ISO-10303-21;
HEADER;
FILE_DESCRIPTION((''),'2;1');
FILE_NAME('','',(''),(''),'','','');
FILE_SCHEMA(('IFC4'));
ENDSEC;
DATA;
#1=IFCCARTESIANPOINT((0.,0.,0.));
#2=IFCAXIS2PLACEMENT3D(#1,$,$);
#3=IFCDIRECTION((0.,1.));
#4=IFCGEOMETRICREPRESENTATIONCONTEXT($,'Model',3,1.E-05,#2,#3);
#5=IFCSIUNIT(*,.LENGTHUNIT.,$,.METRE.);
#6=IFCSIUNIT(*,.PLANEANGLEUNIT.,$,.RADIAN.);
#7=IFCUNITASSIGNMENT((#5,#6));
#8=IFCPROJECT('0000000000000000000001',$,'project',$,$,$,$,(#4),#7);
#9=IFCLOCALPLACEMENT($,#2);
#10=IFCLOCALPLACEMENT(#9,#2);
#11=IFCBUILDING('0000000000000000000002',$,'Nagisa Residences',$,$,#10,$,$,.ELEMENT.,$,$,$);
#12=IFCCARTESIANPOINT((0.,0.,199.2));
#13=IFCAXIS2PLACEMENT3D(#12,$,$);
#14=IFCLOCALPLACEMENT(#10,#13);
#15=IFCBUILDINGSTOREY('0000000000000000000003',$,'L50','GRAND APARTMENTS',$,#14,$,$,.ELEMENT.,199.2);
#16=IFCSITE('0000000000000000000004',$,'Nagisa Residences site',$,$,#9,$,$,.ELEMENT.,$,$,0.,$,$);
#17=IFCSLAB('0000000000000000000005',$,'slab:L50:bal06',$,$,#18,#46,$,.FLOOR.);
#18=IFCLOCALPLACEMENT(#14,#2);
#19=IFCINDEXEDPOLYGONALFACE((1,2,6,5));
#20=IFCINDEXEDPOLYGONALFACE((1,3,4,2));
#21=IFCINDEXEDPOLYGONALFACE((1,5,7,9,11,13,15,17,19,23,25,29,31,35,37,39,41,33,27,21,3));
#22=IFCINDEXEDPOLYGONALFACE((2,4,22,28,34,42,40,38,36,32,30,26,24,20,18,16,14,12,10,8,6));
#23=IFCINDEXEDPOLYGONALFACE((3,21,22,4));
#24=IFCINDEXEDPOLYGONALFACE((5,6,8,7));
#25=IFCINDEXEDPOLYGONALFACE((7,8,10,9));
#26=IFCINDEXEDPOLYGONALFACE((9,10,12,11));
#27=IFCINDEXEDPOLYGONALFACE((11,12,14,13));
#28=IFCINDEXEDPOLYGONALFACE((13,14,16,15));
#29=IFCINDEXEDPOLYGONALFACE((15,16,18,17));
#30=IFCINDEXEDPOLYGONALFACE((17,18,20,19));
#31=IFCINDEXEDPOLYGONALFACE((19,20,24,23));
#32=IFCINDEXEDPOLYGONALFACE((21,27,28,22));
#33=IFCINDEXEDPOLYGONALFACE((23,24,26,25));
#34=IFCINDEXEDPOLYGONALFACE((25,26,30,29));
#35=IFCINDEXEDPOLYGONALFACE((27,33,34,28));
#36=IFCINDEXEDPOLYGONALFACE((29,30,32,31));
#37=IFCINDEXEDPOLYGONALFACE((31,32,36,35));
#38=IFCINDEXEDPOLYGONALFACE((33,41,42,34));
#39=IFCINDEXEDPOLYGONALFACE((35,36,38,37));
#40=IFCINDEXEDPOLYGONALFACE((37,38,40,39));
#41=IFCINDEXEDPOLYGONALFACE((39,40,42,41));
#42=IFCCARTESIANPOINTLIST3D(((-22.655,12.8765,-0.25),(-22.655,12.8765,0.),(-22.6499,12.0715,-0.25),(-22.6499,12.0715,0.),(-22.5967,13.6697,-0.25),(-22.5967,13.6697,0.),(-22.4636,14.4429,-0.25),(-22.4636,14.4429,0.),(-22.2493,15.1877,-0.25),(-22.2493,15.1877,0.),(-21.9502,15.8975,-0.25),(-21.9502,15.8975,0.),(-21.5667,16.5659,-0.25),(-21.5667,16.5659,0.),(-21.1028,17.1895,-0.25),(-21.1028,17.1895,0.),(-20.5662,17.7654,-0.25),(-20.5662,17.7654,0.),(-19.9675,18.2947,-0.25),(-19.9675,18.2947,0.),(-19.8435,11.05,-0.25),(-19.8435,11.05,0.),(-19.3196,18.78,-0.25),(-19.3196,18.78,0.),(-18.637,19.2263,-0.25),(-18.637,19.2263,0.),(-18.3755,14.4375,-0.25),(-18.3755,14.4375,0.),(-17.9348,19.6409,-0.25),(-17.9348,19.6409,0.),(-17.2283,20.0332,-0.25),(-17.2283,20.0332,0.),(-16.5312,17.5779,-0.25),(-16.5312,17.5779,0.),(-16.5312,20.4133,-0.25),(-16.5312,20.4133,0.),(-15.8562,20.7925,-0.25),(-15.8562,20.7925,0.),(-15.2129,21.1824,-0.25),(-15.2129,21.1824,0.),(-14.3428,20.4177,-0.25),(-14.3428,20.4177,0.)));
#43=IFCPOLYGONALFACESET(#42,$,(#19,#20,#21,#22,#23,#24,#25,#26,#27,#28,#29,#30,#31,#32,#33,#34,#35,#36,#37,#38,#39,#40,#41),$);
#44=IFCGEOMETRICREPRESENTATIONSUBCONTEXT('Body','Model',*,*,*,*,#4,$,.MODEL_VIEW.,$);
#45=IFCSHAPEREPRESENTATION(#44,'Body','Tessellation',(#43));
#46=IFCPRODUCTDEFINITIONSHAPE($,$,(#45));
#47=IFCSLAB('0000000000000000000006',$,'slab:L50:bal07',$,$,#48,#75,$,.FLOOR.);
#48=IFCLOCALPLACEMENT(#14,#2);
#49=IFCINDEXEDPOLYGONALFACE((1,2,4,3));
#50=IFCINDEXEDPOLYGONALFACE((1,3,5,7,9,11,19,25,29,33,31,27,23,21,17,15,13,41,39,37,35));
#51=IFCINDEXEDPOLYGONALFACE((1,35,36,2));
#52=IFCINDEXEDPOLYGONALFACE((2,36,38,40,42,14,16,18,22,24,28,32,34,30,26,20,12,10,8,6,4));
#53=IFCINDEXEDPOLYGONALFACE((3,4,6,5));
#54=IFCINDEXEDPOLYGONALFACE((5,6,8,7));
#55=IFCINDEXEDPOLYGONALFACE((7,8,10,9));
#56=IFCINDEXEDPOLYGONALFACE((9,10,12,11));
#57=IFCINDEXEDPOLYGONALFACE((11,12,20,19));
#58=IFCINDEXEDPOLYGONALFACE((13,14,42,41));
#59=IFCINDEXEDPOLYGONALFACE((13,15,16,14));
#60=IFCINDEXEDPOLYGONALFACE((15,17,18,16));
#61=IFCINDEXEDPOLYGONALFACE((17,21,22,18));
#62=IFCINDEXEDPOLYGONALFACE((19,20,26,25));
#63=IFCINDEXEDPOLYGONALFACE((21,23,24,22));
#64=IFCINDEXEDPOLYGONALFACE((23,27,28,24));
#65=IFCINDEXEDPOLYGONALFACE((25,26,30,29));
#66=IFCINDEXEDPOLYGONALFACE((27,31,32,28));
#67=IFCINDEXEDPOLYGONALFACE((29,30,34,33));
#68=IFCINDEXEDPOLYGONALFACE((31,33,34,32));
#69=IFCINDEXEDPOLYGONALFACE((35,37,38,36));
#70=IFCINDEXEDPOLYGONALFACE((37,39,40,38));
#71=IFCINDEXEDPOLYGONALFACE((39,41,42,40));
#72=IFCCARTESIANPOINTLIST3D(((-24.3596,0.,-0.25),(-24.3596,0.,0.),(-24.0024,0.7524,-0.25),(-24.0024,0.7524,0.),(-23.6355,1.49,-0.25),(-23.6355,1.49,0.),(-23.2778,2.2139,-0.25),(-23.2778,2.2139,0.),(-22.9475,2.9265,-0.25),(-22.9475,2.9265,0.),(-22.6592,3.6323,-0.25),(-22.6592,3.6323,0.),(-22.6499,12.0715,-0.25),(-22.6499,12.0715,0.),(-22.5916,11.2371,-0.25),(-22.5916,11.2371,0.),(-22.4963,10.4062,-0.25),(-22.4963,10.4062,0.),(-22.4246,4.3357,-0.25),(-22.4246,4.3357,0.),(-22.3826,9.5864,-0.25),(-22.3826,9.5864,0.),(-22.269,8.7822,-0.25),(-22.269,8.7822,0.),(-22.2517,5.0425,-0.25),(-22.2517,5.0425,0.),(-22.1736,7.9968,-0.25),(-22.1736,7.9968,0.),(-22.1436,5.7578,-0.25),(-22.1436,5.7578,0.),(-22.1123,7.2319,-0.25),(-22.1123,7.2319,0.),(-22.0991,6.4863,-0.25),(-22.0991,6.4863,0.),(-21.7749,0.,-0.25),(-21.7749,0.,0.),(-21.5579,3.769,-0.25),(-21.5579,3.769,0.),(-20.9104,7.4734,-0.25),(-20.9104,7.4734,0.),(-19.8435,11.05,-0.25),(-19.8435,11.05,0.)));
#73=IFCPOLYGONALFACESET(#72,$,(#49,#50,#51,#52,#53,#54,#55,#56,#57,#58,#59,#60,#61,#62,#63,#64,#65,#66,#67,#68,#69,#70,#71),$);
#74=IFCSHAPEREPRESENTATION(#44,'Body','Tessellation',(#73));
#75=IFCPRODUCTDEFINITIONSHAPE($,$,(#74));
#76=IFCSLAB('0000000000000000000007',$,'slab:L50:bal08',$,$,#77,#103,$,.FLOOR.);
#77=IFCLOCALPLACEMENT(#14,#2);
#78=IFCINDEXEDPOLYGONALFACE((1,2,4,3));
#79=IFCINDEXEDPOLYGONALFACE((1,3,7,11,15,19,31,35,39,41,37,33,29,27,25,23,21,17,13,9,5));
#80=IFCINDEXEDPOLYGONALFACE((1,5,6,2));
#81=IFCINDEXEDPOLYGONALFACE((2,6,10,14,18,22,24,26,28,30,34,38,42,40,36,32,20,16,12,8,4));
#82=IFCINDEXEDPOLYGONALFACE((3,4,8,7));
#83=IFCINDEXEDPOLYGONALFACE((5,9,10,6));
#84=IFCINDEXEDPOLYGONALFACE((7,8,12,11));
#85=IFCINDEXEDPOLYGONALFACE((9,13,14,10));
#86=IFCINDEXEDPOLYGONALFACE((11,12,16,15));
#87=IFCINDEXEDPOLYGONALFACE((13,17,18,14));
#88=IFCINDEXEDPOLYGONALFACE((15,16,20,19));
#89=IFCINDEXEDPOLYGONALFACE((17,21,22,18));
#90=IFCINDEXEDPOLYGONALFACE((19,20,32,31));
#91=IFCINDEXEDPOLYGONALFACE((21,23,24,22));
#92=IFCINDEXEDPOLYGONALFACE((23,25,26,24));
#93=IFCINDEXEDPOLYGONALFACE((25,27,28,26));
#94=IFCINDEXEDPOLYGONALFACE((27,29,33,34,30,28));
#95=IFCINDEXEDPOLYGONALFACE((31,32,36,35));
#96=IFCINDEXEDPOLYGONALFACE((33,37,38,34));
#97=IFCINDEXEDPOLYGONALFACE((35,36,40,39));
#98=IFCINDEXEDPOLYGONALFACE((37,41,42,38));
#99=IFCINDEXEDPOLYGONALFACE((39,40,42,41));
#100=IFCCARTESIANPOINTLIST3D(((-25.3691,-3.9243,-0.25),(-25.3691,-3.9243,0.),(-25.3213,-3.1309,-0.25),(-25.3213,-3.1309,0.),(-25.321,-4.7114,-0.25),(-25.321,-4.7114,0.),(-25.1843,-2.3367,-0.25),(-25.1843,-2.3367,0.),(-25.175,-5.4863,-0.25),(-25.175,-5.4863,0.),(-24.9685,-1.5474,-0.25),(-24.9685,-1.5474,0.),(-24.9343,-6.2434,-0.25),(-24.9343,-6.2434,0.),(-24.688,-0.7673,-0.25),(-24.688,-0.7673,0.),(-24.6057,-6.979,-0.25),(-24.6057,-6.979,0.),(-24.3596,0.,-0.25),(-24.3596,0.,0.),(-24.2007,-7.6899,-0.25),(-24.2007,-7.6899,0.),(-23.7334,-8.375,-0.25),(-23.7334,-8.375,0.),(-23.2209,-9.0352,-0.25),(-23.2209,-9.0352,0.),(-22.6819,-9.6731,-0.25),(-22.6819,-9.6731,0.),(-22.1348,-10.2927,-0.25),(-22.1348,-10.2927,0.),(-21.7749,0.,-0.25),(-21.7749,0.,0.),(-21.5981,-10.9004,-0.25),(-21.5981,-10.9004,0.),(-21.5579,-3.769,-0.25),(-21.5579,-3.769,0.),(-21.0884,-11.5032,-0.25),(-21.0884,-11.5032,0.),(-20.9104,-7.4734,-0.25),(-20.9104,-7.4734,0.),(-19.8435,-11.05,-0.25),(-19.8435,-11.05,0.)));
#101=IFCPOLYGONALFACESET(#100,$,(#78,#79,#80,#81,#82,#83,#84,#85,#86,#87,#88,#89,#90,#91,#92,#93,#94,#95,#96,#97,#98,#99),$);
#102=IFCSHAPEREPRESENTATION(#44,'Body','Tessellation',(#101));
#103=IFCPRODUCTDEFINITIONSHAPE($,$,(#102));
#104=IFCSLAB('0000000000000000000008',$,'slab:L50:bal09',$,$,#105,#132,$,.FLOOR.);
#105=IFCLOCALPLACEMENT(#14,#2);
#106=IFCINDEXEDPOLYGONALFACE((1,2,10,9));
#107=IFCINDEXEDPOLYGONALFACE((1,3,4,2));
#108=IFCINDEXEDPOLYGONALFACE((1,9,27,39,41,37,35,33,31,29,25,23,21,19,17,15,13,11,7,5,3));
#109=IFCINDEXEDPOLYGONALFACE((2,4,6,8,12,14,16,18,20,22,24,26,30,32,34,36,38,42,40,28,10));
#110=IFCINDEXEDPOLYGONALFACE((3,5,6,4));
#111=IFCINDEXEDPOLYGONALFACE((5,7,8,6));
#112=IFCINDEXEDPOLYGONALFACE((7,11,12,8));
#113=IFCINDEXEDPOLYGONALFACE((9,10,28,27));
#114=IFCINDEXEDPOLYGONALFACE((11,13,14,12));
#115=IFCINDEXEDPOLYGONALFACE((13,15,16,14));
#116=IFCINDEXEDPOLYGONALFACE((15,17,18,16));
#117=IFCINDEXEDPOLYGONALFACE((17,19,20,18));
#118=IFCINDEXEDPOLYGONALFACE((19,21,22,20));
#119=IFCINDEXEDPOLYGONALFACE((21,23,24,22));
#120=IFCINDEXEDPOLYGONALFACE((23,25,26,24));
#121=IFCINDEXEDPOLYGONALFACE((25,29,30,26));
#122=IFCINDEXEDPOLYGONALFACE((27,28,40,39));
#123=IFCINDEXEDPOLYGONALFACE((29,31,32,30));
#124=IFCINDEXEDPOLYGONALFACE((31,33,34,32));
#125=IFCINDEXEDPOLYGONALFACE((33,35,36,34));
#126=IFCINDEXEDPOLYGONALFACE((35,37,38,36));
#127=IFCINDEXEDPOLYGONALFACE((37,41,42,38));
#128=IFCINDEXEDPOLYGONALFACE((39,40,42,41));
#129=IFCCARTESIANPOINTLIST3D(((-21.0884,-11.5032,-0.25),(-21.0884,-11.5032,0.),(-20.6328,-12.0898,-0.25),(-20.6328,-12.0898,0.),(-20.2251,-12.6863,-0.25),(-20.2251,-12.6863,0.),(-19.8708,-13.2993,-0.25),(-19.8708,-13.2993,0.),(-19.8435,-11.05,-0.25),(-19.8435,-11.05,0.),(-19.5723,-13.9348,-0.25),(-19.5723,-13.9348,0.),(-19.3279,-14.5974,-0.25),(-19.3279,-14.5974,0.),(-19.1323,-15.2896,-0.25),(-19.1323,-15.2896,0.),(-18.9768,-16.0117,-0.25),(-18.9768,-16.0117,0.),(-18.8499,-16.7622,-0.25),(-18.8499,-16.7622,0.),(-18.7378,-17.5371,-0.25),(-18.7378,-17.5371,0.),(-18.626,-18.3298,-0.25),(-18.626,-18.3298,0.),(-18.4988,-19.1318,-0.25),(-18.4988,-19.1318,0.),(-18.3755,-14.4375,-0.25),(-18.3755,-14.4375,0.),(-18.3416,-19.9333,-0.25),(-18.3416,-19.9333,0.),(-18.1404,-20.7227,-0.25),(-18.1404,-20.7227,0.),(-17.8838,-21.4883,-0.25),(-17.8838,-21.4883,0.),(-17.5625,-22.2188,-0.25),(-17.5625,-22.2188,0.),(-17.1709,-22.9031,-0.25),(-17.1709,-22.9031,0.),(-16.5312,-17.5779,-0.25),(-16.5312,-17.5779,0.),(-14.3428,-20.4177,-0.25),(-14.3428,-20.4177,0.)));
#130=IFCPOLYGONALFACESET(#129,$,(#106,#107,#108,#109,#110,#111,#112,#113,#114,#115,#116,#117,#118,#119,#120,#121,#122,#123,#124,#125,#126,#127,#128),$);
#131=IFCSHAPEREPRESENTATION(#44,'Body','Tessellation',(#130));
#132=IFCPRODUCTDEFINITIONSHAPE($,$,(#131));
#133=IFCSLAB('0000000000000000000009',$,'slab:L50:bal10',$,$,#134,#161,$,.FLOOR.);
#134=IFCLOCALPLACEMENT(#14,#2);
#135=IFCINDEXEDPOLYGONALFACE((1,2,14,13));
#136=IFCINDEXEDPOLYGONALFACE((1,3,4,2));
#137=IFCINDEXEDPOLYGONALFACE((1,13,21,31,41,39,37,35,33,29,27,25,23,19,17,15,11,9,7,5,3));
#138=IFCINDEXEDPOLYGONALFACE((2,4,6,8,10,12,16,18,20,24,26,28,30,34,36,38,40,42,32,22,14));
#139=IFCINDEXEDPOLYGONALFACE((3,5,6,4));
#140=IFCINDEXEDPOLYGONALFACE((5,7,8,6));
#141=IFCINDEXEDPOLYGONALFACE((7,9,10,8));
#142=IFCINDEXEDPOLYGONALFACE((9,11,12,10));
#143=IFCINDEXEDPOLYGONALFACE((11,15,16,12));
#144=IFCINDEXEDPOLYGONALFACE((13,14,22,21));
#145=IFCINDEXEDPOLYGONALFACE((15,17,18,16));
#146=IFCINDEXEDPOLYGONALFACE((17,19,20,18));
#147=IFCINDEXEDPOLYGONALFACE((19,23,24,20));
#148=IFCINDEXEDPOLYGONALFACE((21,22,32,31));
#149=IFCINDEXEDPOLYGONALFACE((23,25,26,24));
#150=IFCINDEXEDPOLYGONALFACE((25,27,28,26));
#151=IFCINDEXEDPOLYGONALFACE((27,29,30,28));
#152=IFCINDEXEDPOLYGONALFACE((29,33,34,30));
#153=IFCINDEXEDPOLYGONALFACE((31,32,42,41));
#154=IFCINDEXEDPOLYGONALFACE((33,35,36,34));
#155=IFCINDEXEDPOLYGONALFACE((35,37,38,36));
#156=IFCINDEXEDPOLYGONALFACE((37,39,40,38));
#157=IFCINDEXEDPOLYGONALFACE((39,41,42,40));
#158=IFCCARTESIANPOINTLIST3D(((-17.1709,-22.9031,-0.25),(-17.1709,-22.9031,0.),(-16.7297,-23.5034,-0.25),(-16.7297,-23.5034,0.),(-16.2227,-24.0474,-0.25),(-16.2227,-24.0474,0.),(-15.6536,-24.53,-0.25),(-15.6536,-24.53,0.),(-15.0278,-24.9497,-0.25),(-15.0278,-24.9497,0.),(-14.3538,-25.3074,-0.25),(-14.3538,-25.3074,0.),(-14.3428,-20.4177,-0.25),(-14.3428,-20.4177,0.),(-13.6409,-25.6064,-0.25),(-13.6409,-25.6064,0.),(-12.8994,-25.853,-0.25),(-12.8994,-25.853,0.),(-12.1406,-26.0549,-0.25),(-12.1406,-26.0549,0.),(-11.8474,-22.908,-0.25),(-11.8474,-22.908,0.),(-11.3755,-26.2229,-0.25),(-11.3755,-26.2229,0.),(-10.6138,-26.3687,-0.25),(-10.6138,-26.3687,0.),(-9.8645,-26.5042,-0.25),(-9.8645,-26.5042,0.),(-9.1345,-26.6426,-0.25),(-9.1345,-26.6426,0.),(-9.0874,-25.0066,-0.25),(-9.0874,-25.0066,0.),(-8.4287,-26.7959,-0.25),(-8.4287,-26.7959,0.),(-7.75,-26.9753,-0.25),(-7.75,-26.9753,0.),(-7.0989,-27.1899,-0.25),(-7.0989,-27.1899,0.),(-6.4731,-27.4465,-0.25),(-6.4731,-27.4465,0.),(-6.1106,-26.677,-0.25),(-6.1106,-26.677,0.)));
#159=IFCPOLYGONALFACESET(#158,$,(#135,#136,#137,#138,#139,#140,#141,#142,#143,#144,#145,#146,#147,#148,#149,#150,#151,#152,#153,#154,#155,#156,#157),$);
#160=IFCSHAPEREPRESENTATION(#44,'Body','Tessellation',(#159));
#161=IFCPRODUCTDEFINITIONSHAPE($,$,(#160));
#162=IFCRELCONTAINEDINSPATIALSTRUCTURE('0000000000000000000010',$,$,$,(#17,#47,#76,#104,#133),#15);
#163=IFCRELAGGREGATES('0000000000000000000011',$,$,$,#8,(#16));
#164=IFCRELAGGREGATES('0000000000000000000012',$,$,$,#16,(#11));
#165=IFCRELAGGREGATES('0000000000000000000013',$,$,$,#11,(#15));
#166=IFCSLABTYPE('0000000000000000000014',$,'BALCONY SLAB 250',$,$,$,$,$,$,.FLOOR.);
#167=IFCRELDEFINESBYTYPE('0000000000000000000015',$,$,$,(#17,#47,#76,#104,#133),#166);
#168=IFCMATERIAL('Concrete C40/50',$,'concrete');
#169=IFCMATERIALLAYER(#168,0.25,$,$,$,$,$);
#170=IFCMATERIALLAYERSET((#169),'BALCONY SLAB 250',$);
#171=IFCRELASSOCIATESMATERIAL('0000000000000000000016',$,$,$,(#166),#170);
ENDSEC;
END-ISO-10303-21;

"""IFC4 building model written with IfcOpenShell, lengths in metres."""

from ifc_helpers import new_model, si_unit, direction, frame, origin, place, context, subcontext, project, spatial, polyline, outline, extrude, material, layer, layer_set, type_object, element, save


model = new_model("IFC4")

# Units and contexts
model_context = context("Model", 3, precision=1e-05, world=origin(), true_north=direction((0.0, 1.0)))
body_context = subcontext(model_context, "Body", "Model", "MODEL_VIEW")
ifc_project = project(units=[si_unit("LENGTHUNIT", "METRE"), si_unit("PLANEANGLEUNIT", "RADIAN")], contexts=[model_context])

# Site, building, storey
site_placement = place(None, origin())
site = spatial("IfcSite", under=ifc_project, at=site_placement, Name="Nagisa Residences site", CompositionType="ELEMENT", RefElevation=0.0)
building_placement = place(site_placement, origin())
building = spatial("IfcBuilding", under=site, at=building_placement, Name="Nagisa Residences", CompositionType="ELEMENT")
storey_placement = place(building_placement, frame((0.0, 0.0, 199.2)))
storey = spatial("IfcBuildingStorey", under=building, at=storey_placement, Name="L50", Description="GRAND APARTMENTS", CompositionType="ELEMENT", Elevation=199.2)

# Slabs
ifc_material = material(Name="Concrete C40/50", Category="concrete")
ifc_layer = layer(ifc_material, 0.25)
ifc_layer_set = layer_set([ifc_layer], Name="BALCONY SLAB 250")
slab_type = type_object("IfcSlabType", Name="BALCONY SLAB 250", PredefinedType="FLOOR", material=ifc_layer_set)
slab_1_placement = place(storey_placement, frame((0.0, 0.0, -0.25)))
element("IfcSlab", 1, at=slab_1_placement, inside=storey, type_object=slab_type, Name="slab:L50:bal06", PredefinedType="FLOOR", context=body_context, shape_type="SweptSolid", body=[
    extrude(outline(polyline([(-15.2129, 21.1824), (-15.8562, 20.7925), (-16.5312, 20.4133), (-17.2283, 20.0332), (-17.9348, 19.6409), (-18.637, 19.2263), (-19.3196, 18.78), (-19.9675, 18.2947), (-20.5662, 17.7654), (-21.1028, 17.1895), (-21.5667, 16.5659), (-21.9502, 15.8975), (-22.2493, 15.1877), (-22.4636, 14.4429), (-22.5967, 13.6697), (-22.655, 12.8765), (-22.6499, 12.0715), (-19.8435, 11.05), (-18.3755, 14.4375), (-16.5312, 17.5779), (-14.3428, 20.4177), (-15.2129, 21.1824)])), origin(), (0.0, 0.0, 1.0), 0.25),
])
slab_2_placement = place(storey_placement, frame((0.0, 0.0, -0.25)))
element("IfcSlab", 2, at=slab_2_placement, inside=storey, type_object=slab_type, Name="slab:L50:bal07", PredefinedType="FLOOR", context=body_context, shape_type="SweptSolid", body=[
    extrude(outline(polyline([(-22.6499, 12.0715), (-22.5916, 11.2371), (-22.4963, 10.4062), (-22.3826, 9.5864), (-22.269, 8.7822), (-22.1736, 7.9968), (-22.1123, 7.2319), (-22.0991, 6.4863), (-22.1436, 5.7578), (-22.2517, 5.0425), (-22.4246, 4.3357), (-22.6592, 3.6323), (-22.9475, 2.9265), (-23.2778, 2.2139), (-23.6355, 1.49), (-24.0024, 0.7524), (-24.3596, 0.0), (-21.7749, 0.0), (-21.5579, 3.769), (-20.9104, 7.4734), (-19.8435, 11.05), (-22.6499, 12.0715)])), origin(), (0.0, 0.0, 1.0), 0.25),
])
slab_3_placement = place(storey_placement, frame((0.0, 0.0, -0.25)))
element("IfcSlab", 3, at=slab_3_placement, inside=storey, type_object=slab_type, Name="slab:L50:bal08", PredefinedType="FLOOR", context=body_context, shape_type="SweptSolid", body=[
    extrude(outline(polyline([(-24.3596, 0.0), (-24.688, -0.7673), (-24.9685, -1.5474), (-25.1843, -2.3367), (-25.3213, -3.1309), (-25.3691, -3.9243), (-25.321, -4.7114), (-25.175, -5.4863), (-24.9343, -6.2434), (-24.6057, -6.979), (-24.2007, -7.6899), (-23.7334, -8.375), (-23.2209, -9.0352), (-22.6819, -9.6731), (-22.1348, -10.2927), (-21.5981, -10.9004), (-21.0884, -11.5032), (-19.8435, -11.05), (-20.9104, -7.4734), (-21.5579, -3.769), (-21.7749, 0.0), (-24.3596, 0.0)])), origin(), (0.0, 0.0, 1.0), 0.25),
])
slab_4_placement = place(storey_placement, frame((0.0, 0.0, -0.25)))
element("IfcSlab", 4, at=slab_4_placement, inside=storey, type_object=slab_type, Name="slab:L50:bal09", PredefinedType="FLOOR", context=body_context, shape_type="SweptSolid", body=[
    extrude(outline(polyline([(-21.0884, -11.5032), (-20.6328, -12.0898), (-20.2251, -12.6863), (-19.8708, -13.2993), (-19.5723, -13.9348), (-19.3279, -14.5974), (-19.1323, -15.2896), (-18.9768, -16.0117), (-18.8499, -16.7622), (-18.7378, -17.5371), (-18.626, -18.3298), (-18.4988, -19.1318), (-18.3416, -19.9333), (-18.1404, -20.7227), (-17.8838, -21.4883), (-17.5625, -22.2188), (-17.1709, -22.9031), (-14.3428, -20.4177), (-16.5312, -17.5779), (-18.3755, -14.4375), (-19.8435, -11.05), (-21.0884, -11.5032)])), origin(), (0.0, 0.0, 1.0), 0.25),
])
slab_5_placement = place(storey_placement, frame((0.0, 0.0, -0.25)))
element("IfcSlab", 5, at=slab_5_placement, inside=storey, type_object=slab_type, Name="slab:L50:bal10", PredefinedType="FLOOR", context=body_context, shape_type="SweptSolid", body=[
    extrude(outline(polyline([(-17.1709, -22.9031), (-16.7297, -23.5034), (-16.2227, -24.0474), (-15.6536, -24.53), (-15.0278, -24.9497), (-14.3538, -25.3074), (-13.6409, -25.6064), (-12.8994, -25.853), (-12.1406, -26.0549), (-11.3755, -26.2229), (-10.6138, -26.3687), (-9.8645, -26.5042), (-9.1345, -26.6426), (-8.4287, -26.7959), (-7.75, -26.9753), (-7.0989, -27.1899), (-6.4731, -27.4465), (-6.1106, -26.677), (-9.0874, -25.0066), (-11.8474, -22.908), (-14.3428, -20.4177), (-17.1709, -22.9031)])), origin(), (0.0, 0.0, 1.0), 0.25),
])

save(model, "model.ifc")
